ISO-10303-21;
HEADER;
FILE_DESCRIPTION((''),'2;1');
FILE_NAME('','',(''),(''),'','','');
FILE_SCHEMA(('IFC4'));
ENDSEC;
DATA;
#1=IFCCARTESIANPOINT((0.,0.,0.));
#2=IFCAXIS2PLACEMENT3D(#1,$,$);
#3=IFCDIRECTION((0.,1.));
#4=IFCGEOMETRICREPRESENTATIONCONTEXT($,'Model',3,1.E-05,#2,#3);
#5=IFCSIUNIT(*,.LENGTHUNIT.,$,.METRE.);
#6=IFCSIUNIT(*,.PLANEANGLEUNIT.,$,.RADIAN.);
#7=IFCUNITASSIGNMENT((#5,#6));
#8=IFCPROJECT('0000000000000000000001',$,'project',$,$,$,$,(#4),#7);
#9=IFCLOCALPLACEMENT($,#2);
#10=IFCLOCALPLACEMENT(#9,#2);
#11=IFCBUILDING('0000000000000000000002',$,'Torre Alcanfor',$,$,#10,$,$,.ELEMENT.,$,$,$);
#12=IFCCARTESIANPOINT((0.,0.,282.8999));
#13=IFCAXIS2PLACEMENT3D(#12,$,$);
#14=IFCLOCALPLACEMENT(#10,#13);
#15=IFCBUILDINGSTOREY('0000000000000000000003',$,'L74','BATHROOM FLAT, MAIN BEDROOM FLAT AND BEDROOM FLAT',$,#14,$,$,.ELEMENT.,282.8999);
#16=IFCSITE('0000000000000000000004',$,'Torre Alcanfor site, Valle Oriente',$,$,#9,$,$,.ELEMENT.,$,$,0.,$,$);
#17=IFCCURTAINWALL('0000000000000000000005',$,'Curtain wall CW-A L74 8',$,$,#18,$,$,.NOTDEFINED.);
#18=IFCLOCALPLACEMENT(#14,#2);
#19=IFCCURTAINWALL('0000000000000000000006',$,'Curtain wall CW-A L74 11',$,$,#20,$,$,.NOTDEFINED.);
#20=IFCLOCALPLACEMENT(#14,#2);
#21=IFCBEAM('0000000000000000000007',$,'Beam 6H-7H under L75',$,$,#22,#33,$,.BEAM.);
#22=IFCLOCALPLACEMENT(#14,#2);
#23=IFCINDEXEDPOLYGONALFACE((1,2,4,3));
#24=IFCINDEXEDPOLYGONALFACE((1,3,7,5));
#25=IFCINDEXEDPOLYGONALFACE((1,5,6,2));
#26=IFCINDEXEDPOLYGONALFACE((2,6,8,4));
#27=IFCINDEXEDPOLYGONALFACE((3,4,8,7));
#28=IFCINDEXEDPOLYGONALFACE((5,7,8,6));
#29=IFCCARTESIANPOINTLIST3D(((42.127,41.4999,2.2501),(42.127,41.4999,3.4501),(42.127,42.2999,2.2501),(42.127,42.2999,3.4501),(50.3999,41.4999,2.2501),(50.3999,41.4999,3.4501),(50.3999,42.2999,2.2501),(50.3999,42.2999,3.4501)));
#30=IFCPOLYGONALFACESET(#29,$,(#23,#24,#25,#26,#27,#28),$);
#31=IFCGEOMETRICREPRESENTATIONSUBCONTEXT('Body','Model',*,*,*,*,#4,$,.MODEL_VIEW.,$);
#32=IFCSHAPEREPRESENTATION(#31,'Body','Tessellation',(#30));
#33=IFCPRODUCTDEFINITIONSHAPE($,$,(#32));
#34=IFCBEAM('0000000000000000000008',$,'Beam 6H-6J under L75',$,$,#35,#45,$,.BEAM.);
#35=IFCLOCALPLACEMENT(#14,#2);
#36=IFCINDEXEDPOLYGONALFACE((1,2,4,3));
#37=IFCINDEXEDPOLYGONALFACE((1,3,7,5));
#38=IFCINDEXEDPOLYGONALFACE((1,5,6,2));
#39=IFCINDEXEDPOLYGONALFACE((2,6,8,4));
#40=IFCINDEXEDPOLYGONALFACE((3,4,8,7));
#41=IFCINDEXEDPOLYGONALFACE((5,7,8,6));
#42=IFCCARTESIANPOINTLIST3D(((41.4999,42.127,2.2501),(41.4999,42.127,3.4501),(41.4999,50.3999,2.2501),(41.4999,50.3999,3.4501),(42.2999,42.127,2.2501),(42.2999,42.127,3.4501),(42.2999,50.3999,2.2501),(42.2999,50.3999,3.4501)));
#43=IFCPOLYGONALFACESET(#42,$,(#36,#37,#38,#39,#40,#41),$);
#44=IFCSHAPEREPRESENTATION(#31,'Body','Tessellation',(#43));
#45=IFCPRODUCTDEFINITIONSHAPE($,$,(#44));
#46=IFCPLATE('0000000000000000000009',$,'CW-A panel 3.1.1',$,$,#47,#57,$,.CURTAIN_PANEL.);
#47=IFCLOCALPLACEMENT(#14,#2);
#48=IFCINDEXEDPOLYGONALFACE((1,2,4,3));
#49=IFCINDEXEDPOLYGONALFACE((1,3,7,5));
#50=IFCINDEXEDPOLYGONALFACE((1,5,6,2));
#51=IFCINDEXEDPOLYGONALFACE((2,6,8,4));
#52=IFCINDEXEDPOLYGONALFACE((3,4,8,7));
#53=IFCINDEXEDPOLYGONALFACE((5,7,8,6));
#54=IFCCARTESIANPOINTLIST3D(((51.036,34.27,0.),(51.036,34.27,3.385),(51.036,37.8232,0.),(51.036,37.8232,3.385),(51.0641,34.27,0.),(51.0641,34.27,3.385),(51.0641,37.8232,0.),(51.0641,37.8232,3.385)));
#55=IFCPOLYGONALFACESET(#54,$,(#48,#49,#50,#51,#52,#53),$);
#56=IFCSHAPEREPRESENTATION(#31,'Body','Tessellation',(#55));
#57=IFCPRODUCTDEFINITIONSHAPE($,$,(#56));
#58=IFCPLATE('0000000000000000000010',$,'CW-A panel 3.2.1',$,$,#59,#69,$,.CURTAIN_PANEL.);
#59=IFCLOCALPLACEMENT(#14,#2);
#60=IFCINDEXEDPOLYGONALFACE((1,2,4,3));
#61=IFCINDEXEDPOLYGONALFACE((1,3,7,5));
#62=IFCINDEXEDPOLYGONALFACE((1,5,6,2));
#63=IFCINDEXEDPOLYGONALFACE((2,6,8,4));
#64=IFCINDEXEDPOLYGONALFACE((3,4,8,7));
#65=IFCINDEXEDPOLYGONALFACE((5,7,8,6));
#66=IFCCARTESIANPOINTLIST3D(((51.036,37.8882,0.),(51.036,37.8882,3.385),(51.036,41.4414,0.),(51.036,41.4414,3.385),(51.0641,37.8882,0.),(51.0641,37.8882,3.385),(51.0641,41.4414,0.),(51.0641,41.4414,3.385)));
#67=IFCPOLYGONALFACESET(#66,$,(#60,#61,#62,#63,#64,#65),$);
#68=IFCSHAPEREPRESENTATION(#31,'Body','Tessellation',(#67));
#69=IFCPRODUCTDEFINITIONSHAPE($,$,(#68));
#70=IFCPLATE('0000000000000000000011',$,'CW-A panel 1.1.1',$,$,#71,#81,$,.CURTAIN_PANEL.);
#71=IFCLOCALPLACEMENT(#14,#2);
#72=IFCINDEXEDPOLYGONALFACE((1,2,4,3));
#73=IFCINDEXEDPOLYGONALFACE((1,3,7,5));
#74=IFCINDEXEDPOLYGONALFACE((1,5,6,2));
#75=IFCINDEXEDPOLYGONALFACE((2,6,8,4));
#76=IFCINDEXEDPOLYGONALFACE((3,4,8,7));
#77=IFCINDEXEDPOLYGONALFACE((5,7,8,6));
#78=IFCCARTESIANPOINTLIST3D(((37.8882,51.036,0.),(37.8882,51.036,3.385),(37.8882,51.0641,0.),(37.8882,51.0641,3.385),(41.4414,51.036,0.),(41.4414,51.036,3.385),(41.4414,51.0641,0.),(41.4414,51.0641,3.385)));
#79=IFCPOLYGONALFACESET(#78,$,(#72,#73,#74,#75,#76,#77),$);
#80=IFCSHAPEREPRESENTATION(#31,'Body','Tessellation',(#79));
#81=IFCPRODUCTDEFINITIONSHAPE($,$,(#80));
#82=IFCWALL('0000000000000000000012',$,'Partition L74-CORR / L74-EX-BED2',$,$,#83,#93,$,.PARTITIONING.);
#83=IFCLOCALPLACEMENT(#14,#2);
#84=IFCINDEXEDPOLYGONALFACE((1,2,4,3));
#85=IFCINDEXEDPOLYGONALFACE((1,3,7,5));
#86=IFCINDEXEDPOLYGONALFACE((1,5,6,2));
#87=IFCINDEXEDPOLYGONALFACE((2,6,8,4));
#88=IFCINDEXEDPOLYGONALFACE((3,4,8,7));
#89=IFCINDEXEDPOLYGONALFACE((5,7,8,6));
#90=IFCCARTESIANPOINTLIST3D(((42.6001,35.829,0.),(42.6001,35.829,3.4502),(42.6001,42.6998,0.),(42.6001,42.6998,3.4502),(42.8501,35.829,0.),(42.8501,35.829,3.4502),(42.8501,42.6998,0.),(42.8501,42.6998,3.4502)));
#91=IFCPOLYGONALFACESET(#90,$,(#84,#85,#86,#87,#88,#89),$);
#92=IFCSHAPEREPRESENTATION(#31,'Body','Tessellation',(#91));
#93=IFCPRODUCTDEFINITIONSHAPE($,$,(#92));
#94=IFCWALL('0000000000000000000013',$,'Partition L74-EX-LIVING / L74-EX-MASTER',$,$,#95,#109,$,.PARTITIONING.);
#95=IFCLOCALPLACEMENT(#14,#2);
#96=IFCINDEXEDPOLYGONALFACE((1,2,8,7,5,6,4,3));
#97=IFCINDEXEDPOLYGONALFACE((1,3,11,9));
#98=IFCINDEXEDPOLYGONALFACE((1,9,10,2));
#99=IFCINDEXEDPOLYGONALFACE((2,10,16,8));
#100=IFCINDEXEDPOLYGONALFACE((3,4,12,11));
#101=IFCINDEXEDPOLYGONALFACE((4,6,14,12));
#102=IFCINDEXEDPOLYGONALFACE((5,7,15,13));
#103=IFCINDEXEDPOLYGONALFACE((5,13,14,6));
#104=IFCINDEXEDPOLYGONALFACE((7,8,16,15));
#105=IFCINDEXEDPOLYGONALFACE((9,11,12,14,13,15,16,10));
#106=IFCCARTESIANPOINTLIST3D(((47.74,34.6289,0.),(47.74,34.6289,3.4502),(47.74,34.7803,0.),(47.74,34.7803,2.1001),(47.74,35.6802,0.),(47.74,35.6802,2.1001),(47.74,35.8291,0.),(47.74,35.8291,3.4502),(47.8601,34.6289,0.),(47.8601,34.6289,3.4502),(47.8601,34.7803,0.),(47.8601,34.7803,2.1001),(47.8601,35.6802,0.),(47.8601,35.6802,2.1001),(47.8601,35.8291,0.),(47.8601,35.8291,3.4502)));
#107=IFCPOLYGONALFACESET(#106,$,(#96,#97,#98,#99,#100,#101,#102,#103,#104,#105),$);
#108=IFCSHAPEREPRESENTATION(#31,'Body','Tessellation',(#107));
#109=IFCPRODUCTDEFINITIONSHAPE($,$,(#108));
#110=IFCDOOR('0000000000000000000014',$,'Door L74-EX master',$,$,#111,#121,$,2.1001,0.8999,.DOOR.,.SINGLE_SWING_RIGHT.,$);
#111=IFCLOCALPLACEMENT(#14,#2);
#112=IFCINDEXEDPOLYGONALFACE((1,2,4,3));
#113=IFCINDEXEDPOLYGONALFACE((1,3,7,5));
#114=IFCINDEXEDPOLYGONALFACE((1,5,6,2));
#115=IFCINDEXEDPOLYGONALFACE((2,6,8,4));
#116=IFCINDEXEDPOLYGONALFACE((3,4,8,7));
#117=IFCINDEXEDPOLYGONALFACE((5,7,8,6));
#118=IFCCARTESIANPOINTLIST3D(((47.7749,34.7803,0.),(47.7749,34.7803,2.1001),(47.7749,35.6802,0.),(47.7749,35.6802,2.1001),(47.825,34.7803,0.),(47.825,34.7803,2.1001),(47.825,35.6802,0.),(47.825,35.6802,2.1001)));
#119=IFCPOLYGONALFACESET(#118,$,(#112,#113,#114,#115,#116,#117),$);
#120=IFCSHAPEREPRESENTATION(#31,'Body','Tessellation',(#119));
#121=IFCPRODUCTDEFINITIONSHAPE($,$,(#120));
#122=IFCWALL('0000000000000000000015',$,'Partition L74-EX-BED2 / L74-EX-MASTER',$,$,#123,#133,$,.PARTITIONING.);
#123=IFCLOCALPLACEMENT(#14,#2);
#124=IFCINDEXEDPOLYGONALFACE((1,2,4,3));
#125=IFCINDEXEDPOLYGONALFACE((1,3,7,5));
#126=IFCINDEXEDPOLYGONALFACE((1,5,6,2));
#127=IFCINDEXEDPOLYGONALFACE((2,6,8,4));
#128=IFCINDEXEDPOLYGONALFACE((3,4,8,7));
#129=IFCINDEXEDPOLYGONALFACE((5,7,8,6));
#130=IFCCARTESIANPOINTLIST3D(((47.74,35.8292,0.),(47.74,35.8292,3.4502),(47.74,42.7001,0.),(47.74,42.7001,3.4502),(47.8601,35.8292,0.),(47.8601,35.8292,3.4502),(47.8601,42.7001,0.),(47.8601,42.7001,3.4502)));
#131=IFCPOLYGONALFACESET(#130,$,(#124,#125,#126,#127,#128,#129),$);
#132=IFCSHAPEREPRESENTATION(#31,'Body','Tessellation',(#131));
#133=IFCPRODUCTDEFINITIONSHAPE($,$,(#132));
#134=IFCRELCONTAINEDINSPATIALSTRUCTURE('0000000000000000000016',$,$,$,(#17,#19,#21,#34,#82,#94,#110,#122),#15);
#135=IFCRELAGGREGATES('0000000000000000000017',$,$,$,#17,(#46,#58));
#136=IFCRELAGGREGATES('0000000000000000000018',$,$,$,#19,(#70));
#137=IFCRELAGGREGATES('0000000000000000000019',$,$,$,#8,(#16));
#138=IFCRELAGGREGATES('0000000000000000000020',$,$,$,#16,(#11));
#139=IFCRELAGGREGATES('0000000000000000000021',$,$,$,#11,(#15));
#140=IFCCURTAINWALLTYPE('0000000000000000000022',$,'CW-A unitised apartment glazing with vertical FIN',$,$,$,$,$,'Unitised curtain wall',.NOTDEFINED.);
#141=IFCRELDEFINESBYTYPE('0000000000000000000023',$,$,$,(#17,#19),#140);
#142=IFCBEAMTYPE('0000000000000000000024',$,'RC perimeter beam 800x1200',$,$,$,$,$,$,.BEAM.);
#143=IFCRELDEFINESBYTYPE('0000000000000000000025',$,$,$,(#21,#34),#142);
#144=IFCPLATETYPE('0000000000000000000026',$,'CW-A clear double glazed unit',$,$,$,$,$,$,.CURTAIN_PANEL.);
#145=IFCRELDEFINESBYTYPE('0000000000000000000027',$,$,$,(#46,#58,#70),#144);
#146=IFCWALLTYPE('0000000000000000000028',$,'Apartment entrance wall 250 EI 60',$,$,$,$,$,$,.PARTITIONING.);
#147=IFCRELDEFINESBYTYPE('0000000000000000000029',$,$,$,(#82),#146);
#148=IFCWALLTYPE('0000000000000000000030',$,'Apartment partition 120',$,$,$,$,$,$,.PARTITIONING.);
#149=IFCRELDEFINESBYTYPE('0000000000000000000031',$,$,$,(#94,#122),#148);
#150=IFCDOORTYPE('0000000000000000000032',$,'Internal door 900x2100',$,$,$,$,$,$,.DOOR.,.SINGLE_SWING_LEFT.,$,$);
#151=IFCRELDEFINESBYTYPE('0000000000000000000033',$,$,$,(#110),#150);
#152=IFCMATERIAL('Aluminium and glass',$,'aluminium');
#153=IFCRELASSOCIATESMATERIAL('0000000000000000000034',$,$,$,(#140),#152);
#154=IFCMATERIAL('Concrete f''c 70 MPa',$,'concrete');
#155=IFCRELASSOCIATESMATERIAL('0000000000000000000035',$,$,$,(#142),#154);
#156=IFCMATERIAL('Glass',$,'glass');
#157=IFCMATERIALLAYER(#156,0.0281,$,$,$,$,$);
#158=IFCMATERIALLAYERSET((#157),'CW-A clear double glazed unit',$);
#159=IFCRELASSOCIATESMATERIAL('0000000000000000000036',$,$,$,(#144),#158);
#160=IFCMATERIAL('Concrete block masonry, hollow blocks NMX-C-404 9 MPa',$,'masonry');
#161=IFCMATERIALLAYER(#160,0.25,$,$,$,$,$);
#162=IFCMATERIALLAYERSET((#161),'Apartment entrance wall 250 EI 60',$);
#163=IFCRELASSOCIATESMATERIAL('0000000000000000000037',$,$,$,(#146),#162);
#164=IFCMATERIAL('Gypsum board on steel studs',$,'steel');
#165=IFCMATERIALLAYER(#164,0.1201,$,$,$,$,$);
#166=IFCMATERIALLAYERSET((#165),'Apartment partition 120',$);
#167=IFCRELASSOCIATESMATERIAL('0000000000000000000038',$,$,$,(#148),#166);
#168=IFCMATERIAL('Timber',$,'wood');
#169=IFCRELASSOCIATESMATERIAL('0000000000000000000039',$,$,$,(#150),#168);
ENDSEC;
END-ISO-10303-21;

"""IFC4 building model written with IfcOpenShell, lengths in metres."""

from ifc_helpers import new_model, si_unit, direction, frame, frame_2d, origin, origin_2d, place, context, subcontext, project, spatial, rectangle, extrude, material, layer, layer_set, material_profile, profile_set, type_object, element, fill, aggregate, save


model = new_model("IFC4")

# Units and contexts
model_context = context("Model", 3, precision=1e-05, world=origin(), true_north=direction((0.0, 1.0)))
body_context = subcontext(model_context, "Body", "Model", "MODEL_VIEW")
ifc_project = project(units=[si_unit("LENGTHUNIT", "METRE"), si_unit("PLANEANGLEUNIT", "RADIAN")], contexts=[model_context])

# Site, building, storey
site_placement = place(None, origin())
site = spatial("IfcSite", under=ifc_project, at=site_placement, Name="Torre Alcanfor site, Valle Oriente", CompositionType="ELEMENT", RefElevation=0.0)
building_placement = place(site_placement, origin())
building = spatial("IfcBuilding", under=site, at=building_placement, Name="Torre Alcanfor", CompositionType="ELEMENT")
storey_placement = place(building_placement, frame((0.0, 0.0, 282.8999)))
storey = spatial("IfcBuildingStorey", under=building, at=storey_placement, Name="L74", Description="BATHROOM FLAT, MAIN BEDROOM FLAT AND BEDROOM FLAT", CompositionType="ELEMENT", Elevation=282.8999)

# Curtain walls
ifc_material_1 = material(Name="Aluminium and glass", Category="aluminium")
curtain_wall_type = type_object("IfcCurtainWallType", Name="CW-A unitised apartment glazing with vertical FIN", ElementType="Unitised curtain wall", PredefinedType="NOTDEFINED", material=ifc_material_1)
curtain_wall_1_placement = place(storey_placement, origin())
curtain_wall_1 = element("IfcCurtainWall", 1, at=curtain_wall_1_placement, inside=storey, type_object=curtain_wall_type, Name="Curtain wall CW-A L74 8", PredefinedType="NOTDEFINED")
curtain_wall_2_placement = place(storey_placement, origin())
curtain_wall_2 = element("IfcCurtainWall", 2, at=curtain_wall_2_placement, inside=storey, type_object=curtain_wall_type, Name="Curtain wall CW-A L74 11", PredefinedType="NOTDEFINED")

# Beams
ifc_material_2 = material(Name="Concrete f'c 70 MPa", Category="concrete")
ifc_material_profile_1 = material_profile(ifc_material_2, rectangle(XDim=0.8, YDim=1.2, at=origin_2d()), Name="800x1200")
ifc_profile_set_1 = profile_set([ifc_material_profile_1], Name="Concrete f'c 70 MPa")
beam_type = type_object("IfcBeamType", Name="RC perimeter beam 800x1200", PredefinedType="BEAM", material=ifc_profile_set_1)
for number, where, z_axis, x_axis, name in (
    (3, (42.127, 41.8999, 2.8501), (1.0, 0.0, 0.0), (0.0, 1.0, 0.0), "Beam 6H-7H under L75"),
    (4, (41.8999, 42.127, 2.8501), (0.0, 1.0, 0.0), (-1.0, 0.0, 0.0), "Beam 6H-6J under L75"),
):
    element("IfcBeam", number, at=place(storey_placement, frame(where, z_axis=z_axis, x_axis=x_axis)), inside=storey, type_object=beam_type, Name=name, PredefinedType="BEAM", context=body_context, shape_type="SweptSolid", body=[
        extrude(rectangle(XDim=0.8, YDim=1.2, at=origin_2d()), origin(), (0.0, 0.0, 1.0), 8.2729),
    ])

# Plates
ifc_material_3 = material(Name="Glass", Category="glass")
ifc_layer_1 = layer(ifc_material_3, 0.0281)
ifc_layer_set_1 = layer_set([ifc_layer_1], Name="CW-A clear double glazed unit")
plate_type = type_object("IfcPlateType", Name="CW-A clear double glazed unit", PredefinedType="CURTAIN_PANEL", material=ifc_layer_set_1)
plate_1_placement = place(storey_placement, frame((51.05, 36.0466, 0.0), z_axis=(0.0, 0.0, 1.0), x_axis=(0.0, 1.0, 0.0)))
plate_1 = element("IfcPlate", 5, at=plate_1_placement, type_object=plate_type, Name="CW-A panel 3.1.1", PredefinedType="CURTAIN_PANEL", context=body_context, shape_type="SweptSolid", body=[
    extrude(rectangle(XDim=3.5532, YDim=0.0281, at=origin_2d()), origin(), (0.0, 0.0, 1.0), 3.385),
])
plate_2_placement = place(storey_placement, frame((51.05, 39.6648, 0.0), z_axis=(0.0, 0.0, 1.0), x_axis=(0.0, 1.0, 0.0)))
plate_2 = element("IfcPlate", 6, at=plate_2_placement, type_object=plate_type, Name="CW-A panel 3.2.1", PredefinedType="CURTAIN_PANEL", context=body_context, shape_type="SweptSolid", body=[
    extrude(rectangle(XDim=3.5532, YDim=0.0281, at=origin_2d()), origin(), (0.0, 0.0, 1.0), 3.385),
])
aggregate(curtain_wall_1, [plate_1, plate_2])
plate_3_placement = place(storey_placement, frame((39.6648, 51.05, 0.0), z_axis=(0.0, 0.0, 1.0), x_axis=(-1.0, 0.0, 0.0)))
plate_3 = element("IfcPlate", 7, at=plate_3_placement, type_object=plate_type, Name="CW-A panel 1.1.1", PredefinedType="CURTAIN_PANEL", context=body_context, shape_type="SweptSolid", body=[
    extrude(rectangle(XDim=3.5532, YDim=0.0281, at=origin_2d()), origin(), (0.0, 0.0, 1.0), 3.385),
])
aggregate(curtain_wall_2, [plate_3])

# Wall
ifc_material_4 = material(Name="Concrete block masonry, hollow blocks NMX-C-404 9 MPa", Category="masonry")
ifc_layer_2 = layer(ifc_material_4, 0.25)
ifc_layer_set_2 = layer_set([ifc_layer_2], Name="Apartment entrance wall 250 EI 60")
wall_type_1 = type_object("IfcWallType", Name="Apartment entrance wall 250 EI 60", PredefinedType="PARTITIONING", material=ifc_layer_set_2)
wall_1_placement = place(storey_placement, frame((42.7251, 42.7, 0.0), z_axis=(0.0, 0.0, 1.0), x_axis=(0.0, -1.0, 0.0)))
element("IfcWall", 8, at=wall_1_placement, inside=storey, type_object=wall_type_1, Name="Partition L74-CORR / L74-EX-BED2", PredefinedType="PARTITIONING", context=body_context, shape_type="SweptSolid", body=[
    extrude(rectangle(XDim=6.8708, YDim=0.25, at=frame_2d((3.4355, 0.0))), origin(), (0.0, 0.0, 1.0), 3.4502),
])

# Wall, opening, door
ifc_material_5 = material(Name="Gypsum board on steel studs", Category="steel")
ifc_layer_3 = layer(ifc_material_5, 0.1201)
ifc_layer_set_3 = layer_set([ifc_layer_3], Name="Apartment partition 120")
wall_type_2 = type_object("IfcWallType", Name="Apartment partition 120", PredefinedType="PARTITIONING", material=ifc_layer_set_3)
wall_2_placement = place(storey_placement, frame((47.8, 35.8291, 0.0), z_axis=(0.0, 0.0, 1.0), x_axis=(0.0, -1.0, 0.0)))
wall_2 = element("IfcWall", 9, at=wall_2_placement, inside=storey, type_object=wall_type_2, Name="Partition L74-EX-LIVING / L74-EX-MASTER", PredefinedType="PARTITIONING", context=body_context, shape_type="SweptSolid", body=[
    extrude(rectangle(XDim=1.2002, YDim=0.1201, at=frame_2d((0.6001, 0.0))), origin(), (0.0, 0.0, 1.0), 3.4502),
])
opening_1_placement = place(wall_2_placement, frame((0.1489, 0.0, 0.0)))
opening_1 = element("IfcOpeningElement", 10, at=opening_1_placement, cuts=wall_2, PredefinedType="OPENING", context=body_context, shape_type="SweptSolid", body=[
    extrude(rectangle(XDim=0.8999, YDim=2.1001, at=frame_2d((0.45, 1.05))), frame((0.0, 0.0701, 0.0), z_axis=(0.0, -1.0, 0.0), x_axis=(1.0, 0.0, 0.0)), (0.0, 0.0, 1.0), 0.1401),
])
ifc_material_6 = material(Name="Timber", Category="wood")
door_type_1 = type_object("IfcDoorType", Name="Internal door 900x2100", OperationType="SINGLE_SWING_LEFT", PredefinedType="DOOR", material=ifc_material_6)
door_1_placement = place(opening_1_placement, origin())
door_1 = element("IfcDoor", 11, at=door_1_placement, inside=storey, type_object=door_type_1, Name="Door L74-EX master", OperationType="SINGLE_SWING_RIGHT", OverallHeight=2.1001, OverallWidth=0.8999, PredefinedType="DOOR", context=body_context, shape_type="SweptSolid", body=[
    extrude(rectangle(XDim=0.8999, YDim=2.1001, at=frame_2d((0.45, 1.05))), frame((0.0, 0.0249, 0.0), z_axis=(0.0, -1.0, 0.0), x_axis=(1.0, 0.0, 0.0)), (0.0, 0.0, 1.0), 0.05),
])
fill(opening_1, door_1)

# Wall
wall_3_placement = place(storey_placement, frame((47.8, 35.8291, 0.0), z_axis=(0.0, 0.0, 1.0), x_axis=(0.0, 1.0, 0.0)))
element("IfcWall", 12, at=wall_3_placement, inside=storey, type_object=wall_type_2, Name="Partition L74-EX-BED2 / L74-EX-MASTER", PredefinedType="PARTITIONING", context=body_context, shape_type="SweptSolid", body=[
    extrude(rectangle(XDim=6.8708, YDim=0.1201, at=frame_2d((3.4355, 0.0))), origin(), (0.0, 0.0, 1.0), 3.4502),
])

save(model, "model.ifc")
